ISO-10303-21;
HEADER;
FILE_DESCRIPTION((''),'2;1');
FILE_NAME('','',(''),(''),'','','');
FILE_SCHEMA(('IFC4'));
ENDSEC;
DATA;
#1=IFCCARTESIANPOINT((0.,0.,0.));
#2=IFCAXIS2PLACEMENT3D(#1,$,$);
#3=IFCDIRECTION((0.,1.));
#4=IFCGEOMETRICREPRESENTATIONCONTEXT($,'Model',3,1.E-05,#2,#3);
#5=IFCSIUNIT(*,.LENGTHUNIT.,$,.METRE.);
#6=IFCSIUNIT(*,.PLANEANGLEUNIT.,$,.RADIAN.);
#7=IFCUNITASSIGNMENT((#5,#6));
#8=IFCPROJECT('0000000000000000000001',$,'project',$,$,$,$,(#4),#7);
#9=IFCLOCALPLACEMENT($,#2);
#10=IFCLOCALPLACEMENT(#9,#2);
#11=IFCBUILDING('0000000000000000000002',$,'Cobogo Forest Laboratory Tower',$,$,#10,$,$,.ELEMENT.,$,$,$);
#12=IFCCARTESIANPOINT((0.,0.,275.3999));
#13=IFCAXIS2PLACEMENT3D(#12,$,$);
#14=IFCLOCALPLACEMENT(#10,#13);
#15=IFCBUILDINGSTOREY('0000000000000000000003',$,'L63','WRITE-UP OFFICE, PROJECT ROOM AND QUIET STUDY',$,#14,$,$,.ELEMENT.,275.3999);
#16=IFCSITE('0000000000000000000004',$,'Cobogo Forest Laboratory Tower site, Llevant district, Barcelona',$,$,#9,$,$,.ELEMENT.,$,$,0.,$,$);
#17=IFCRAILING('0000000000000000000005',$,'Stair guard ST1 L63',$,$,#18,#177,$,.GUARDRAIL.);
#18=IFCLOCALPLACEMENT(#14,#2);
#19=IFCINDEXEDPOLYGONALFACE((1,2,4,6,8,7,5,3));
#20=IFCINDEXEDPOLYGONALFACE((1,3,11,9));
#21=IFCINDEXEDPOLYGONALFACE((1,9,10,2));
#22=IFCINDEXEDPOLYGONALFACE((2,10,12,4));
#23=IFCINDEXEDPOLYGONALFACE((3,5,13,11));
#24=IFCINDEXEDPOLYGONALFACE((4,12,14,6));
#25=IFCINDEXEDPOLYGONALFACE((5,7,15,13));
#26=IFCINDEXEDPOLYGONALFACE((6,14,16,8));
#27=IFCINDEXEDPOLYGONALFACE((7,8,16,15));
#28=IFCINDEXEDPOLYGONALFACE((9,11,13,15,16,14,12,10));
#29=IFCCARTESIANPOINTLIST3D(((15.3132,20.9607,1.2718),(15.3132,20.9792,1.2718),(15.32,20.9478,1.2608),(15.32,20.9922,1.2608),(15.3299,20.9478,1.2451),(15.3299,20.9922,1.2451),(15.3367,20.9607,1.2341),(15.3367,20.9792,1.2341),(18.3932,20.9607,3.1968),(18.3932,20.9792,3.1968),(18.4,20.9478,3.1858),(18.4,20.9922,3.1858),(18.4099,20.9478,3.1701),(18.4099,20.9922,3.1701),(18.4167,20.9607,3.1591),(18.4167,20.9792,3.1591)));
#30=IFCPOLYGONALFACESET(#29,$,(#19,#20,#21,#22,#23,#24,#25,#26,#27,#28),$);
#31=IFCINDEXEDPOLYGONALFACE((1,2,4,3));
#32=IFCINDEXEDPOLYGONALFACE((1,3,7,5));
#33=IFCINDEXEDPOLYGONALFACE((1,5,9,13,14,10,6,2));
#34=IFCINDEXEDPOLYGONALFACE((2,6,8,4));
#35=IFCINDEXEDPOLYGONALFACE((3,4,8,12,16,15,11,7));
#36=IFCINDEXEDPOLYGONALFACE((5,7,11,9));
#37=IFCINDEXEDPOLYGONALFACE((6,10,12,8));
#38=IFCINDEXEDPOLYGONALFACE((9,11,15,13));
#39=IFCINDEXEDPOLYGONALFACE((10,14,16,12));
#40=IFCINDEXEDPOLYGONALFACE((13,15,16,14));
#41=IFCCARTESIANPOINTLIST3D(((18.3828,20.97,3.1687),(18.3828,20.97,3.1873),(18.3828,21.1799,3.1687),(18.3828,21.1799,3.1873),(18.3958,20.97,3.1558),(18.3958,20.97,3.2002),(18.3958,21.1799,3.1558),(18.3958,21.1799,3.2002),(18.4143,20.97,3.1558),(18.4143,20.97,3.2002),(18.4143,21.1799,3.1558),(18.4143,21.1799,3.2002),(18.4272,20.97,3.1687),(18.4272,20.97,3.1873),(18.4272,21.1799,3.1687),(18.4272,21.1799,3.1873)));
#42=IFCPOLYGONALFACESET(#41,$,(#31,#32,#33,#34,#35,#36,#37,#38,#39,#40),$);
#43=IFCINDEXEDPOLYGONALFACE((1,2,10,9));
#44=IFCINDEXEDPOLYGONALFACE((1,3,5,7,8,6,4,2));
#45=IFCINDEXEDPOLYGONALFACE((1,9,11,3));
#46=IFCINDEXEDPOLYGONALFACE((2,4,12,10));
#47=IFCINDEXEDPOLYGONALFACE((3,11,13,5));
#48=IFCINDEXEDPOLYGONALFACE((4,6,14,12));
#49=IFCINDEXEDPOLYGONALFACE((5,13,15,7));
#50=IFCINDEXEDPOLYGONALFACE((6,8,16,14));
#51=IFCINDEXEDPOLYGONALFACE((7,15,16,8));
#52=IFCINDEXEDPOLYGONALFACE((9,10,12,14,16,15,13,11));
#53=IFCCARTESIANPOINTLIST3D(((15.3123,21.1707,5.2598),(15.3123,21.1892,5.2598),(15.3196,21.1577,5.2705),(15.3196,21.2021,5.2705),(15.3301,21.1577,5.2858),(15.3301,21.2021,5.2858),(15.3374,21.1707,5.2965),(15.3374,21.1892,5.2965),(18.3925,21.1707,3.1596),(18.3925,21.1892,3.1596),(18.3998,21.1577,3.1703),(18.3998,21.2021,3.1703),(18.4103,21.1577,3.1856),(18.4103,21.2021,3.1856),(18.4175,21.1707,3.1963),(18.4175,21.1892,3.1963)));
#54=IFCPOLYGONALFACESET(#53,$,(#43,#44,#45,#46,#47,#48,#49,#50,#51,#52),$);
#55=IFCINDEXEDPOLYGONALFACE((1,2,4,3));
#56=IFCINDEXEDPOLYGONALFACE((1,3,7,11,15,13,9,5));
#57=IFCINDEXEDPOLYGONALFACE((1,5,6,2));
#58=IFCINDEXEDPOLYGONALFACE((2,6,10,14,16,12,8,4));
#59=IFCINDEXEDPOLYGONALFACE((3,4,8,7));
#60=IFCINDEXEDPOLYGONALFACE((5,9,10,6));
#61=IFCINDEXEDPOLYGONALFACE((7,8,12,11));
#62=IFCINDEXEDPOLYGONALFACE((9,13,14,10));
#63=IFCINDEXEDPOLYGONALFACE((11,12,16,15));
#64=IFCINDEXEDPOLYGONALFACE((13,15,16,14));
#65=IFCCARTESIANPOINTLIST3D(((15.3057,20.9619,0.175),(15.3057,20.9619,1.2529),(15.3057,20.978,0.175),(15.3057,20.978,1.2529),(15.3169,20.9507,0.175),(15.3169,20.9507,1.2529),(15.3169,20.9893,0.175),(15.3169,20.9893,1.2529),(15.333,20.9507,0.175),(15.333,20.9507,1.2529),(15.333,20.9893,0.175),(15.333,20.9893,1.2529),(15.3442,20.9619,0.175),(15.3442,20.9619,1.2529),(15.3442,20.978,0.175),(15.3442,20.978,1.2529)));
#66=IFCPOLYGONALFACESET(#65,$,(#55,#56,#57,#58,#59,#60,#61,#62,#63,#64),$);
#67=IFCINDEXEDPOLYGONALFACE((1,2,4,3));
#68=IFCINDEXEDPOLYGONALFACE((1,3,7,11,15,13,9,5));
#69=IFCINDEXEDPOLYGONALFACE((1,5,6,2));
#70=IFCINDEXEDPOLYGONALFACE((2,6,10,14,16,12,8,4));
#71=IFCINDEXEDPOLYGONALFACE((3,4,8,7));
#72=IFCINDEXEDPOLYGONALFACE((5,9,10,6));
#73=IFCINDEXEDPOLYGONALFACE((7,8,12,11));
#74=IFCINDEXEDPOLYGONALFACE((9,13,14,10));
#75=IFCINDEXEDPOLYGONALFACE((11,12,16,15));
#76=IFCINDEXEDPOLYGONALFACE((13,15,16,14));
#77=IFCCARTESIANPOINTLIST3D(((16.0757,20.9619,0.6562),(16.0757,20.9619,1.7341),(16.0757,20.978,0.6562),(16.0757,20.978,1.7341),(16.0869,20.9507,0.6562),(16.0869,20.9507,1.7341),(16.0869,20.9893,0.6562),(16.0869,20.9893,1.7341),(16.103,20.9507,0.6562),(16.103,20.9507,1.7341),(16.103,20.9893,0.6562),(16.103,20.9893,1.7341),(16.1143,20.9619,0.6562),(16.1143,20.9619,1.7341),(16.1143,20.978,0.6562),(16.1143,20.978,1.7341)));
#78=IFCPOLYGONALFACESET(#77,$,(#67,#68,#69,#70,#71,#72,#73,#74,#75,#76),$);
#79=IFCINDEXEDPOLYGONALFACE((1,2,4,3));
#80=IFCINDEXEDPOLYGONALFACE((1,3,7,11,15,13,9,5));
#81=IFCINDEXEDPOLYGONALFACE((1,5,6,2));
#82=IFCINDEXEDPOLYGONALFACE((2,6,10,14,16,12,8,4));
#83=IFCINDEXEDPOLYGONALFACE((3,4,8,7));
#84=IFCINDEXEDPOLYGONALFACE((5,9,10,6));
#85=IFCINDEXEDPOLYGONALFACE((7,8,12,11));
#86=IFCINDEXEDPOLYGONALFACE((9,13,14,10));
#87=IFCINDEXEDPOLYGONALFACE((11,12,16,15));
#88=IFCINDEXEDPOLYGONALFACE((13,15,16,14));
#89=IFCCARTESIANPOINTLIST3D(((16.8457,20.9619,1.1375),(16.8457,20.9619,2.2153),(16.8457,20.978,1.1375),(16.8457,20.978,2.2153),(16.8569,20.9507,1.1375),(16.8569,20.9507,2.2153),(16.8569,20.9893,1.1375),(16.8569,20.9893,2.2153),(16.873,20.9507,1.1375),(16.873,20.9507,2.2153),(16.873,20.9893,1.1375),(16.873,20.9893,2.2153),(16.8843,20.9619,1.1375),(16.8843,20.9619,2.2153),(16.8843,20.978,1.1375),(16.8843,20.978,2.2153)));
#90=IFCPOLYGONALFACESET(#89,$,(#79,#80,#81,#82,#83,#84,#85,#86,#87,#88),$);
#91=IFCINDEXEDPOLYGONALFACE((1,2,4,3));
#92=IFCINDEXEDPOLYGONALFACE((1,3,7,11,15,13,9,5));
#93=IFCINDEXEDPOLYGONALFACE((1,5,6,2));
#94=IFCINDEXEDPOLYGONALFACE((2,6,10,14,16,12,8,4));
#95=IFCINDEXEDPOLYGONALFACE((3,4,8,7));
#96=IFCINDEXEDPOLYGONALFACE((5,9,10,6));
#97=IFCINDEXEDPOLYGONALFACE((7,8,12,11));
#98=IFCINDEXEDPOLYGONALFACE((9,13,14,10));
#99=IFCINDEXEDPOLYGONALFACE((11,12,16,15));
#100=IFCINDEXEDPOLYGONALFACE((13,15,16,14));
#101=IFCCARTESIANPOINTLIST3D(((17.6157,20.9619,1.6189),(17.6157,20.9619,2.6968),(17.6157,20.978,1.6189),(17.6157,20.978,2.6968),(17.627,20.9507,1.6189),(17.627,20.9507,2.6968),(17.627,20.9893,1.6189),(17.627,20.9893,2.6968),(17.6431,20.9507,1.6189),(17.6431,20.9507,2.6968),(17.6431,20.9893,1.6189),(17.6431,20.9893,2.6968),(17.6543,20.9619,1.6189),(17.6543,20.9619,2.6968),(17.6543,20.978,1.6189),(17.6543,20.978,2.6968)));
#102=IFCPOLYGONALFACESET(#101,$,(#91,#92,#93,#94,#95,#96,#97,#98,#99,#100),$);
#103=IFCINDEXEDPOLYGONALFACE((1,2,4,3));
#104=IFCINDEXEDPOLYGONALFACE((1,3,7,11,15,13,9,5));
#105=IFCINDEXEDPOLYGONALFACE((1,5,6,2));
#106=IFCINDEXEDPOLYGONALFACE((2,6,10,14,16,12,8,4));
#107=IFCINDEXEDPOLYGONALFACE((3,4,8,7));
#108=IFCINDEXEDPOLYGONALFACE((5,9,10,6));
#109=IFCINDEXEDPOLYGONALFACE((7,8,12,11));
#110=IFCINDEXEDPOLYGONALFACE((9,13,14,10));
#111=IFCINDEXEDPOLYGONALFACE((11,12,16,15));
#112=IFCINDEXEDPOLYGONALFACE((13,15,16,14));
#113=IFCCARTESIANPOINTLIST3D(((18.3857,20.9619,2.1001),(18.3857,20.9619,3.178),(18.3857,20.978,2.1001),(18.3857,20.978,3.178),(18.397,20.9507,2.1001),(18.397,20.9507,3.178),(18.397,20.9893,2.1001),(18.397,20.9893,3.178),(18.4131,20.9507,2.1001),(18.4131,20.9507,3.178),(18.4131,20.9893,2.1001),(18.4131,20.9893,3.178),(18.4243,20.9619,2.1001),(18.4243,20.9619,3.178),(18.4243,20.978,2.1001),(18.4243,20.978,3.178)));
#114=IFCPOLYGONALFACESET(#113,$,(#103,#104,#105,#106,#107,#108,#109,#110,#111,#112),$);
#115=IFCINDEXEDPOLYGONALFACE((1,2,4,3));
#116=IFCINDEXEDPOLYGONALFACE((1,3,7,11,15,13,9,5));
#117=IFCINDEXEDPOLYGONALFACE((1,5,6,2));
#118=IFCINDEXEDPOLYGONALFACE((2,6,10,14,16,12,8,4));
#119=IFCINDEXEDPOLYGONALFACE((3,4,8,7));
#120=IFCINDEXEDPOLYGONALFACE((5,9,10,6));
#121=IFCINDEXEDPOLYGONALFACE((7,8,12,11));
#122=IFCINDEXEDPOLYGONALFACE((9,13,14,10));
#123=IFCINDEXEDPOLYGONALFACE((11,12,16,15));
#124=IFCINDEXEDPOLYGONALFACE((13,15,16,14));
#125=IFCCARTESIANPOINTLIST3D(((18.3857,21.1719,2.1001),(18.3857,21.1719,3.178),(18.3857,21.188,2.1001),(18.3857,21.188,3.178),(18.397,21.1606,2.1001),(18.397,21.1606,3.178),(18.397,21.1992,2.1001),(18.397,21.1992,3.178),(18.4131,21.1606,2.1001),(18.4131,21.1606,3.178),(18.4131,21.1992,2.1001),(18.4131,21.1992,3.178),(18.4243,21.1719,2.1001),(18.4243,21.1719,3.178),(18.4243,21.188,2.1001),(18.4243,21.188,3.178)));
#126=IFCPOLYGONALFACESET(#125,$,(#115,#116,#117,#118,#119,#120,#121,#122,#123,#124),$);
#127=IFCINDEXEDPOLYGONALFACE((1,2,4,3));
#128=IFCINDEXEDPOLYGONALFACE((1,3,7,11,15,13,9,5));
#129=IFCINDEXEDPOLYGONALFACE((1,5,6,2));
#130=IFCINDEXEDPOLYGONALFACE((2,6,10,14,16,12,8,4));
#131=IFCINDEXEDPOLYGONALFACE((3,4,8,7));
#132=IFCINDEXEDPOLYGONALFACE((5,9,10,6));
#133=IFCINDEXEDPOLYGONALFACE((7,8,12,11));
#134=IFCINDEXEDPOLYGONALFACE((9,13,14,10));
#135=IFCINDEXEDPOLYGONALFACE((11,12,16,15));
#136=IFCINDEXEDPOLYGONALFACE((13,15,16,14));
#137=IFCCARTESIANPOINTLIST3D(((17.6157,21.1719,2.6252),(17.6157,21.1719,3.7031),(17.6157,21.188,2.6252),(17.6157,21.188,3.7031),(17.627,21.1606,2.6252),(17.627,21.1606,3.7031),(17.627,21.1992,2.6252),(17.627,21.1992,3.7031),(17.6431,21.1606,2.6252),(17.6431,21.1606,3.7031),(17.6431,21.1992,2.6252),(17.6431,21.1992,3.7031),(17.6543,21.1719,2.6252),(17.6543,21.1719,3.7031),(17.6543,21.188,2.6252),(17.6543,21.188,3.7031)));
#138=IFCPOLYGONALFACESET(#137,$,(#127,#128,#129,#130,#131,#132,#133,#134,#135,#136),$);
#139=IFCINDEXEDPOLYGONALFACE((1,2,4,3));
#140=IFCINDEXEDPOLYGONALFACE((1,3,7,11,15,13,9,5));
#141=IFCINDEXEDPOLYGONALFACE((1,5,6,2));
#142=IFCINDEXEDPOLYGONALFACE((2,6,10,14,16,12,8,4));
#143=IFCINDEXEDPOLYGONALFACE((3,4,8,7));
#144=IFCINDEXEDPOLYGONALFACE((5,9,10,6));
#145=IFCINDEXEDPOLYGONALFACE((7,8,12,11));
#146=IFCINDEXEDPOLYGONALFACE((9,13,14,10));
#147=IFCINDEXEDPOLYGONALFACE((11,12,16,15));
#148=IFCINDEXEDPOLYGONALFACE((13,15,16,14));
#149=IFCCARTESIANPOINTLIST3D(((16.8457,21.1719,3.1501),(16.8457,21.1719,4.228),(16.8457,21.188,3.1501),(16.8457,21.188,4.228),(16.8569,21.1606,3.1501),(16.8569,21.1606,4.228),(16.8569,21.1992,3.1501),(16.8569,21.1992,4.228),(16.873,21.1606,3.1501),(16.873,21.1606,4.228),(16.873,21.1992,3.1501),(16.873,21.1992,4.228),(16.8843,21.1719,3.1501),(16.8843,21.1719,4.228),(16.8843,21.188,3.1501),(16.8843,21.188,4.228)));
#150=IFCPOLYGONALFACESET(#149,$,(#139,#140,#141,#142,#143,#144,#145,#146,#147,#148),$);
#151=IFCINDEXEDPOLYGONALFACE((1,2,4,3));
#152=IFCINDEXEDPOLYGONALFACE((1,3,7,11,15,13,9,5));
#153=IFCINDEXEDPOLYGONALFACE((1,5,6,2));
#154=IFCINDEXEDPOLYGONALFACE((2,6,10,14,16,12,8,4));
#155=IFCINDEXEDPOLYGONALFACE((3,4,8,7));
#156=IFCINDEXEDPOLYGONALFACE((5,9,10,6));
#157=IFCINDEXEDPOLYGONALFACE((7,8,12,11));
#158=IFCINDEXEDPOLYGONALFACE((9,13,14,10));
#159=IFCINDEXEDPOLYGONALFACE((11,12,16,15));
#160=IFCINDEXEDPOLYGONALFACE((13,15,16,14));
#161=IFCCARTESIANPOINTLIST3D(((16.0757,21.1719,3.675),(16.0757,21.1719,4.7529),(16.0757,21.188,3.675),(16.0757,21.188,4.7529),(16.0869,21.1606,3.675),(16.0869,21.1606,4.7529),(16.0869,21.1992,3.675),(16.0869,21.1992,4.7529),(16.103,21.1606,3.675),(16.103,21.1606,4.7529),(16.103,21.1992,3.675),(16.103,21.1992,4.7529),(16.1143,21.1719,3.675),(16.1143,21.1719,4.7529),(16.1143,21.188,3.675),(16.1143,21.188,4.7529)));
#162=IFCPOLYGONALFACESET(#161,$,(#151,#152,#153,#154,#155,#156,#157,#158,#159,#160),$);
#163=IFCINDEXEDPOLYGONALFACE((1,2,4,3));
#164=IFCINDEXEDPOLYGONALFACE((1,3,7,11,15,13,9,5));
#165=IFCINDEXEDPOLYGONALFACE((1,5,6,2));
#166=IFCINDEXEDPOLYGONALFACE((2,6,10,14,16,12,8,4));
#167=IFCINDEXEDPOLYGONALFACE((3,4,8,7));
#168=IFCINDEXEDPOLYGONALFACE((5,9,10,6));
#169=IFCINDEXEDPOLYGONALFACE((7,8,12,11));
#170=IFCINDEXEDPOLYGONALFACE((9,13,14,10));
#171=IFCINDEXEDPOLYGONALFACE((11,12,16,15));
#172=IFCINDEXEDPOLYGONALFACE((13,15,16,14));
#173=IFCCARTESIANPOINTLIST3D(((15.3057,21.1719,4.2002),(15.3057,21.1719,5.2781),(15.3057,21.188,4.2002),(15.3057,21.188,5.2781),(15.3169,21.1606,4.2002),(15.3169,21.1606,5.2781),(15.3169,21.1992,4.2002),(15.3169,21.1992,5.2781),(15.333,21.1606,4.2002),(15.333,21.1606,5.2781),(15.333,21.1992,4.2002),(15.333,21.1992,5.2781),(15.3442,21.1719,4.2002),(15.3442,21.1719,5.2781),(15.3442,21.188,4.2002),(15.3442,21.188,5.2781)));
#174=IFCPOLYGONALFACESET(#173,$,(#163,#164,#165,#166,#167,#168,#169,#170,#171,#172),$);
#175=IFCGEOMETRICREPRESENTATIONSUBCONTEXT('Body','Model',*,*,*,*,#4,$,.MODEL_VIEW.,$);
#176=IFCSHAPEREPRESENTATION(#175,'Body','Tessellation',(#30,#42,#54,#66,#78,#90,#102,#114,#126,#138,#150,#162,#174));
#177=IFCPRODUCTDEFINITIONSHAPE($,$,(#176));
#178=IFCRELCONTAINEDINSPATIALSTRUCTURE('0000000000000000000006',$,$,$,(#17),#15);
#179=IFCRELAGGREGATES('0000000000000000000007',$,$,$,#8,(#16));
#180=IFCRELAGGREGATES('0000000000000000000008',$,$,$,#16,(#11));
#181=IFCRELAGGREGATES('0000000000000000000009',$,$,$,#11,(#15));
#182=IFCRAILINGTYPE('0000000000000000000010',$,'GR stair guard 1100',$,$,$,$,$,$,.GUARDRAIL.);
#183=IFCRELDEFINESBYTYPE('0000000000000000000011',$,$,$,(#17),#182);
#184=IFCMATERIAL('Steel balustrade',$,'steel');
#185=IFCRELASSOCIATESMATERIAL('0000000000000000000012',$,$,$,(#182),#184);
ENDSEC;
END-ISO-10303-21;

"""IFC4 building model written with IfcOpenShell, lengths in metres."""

from ifc_helpers import new_model, si_unit, direction, frame, origin, place, context, subcontext, project, spatial, polyline, outline, extrude, material, type_object, element, save


model = new_model("IFC4")

# Units and contexts
model_context = context("Model", 3, precision=1e-05, world=origin(), true_north=direction((0.0, 1.0)))
body_context = subcontext(model_context, "Body", "Model", "MODEL_VIEW")
ifc_project = project(units=[si_unit("LENGTHUNIT", "METRE"), si_unit("PLANEANGLEUNIT", "RADIAN")], contexts=[model_context])

# Site, building, storey
site_placement = place(None, origin())
site = spatial("IfcSite", under=ifc_project, at=site_placement, Name="Cobogo Forest Laboratory Tower site, Llevant district, Barcelona", CompositionType="ELEMENT", RefElevation=0.0)
building_placement = place(site_placement, origin())
building = spatial("IfcBuilding", under=site, at=building_placement, Name="Cobogo Forest Laboratory Tower", CompositionType="ELEMENT")
storey_placement = place(building_placement, frame((0.0, 0.0, 275.3999)))
storey = spatial("IfcBuildingStorey", under=building, at=storey_placement, Name="L63", Description="WRITE-UP OFFICE, PROJECT ROOM AND QUIET STUDY", CompositionType="ELEMENT", Elevation=275.3999)

# Railing
ifc_material_1 = material(Name="Steel balustrade", Category="steel")
railing_type_1 = type_object("IfcRailingType", Name="GR stair guard 1100", PredefinedType="GUARDRAIL", material=ifc_material_1)
railing_1_placement = place(storey_placement, frame((15.325, 20.97, 0.175)))
element("IfcRailing", 1, at=railing_1_placement, inside=storey, type_object=railing_type_1, Name="Stair guard ST1 L63", PredefinedType="GUARDRAIL", context=body_context, shape_type="SweptSolid", body=[
    extrude(outline(polyline([(0.0222, 0.0093), (0.0093, 0.0222), (-0.0093, 0.0222), (-0.0222, 0.0093), (-0.0222, -0.0093), (-0.0093, -0.0222), (0.0093, -0.0222), (0.0222, -0.0093), (0.0222, 0.0093)])), frame((0.0, 0.0, 1.0779), z_axis=(0.847998, 0.0, 0.529999), x_axis=(0.0, 1.0, 0.0)), (0.0, 0.0, 1.0), 3.6321),
    extrude(outline(polyline([(0.0222, 0.0093), (0.0093, 0.0222), (-0.0093, 0.0222), (-0.0222, 0.0093), (-0.0222, -0.0093), (-0.0093, -0.0222), (0.0093, -0.0222), (0.0222, -0.0093), (0.0222, 0.0093)])), frame((3.0801, 0.0, 3.0029), z_axis=(0.0, 1.0, 0.0), x_axis=(-1.0, 0.0, 0.0)), (0.0, 0.0, 1.0), 0.21),
    extrude(outline(polyline([(0.0222, 0.0093), (0.0093, 0.0222), (-0.0093, 0.0222), (-0.0222, 0.0093), (-0.0222, -0.0093), (-0.0093, -0.0222), (0.0093, -0.0222), (0.0222, -0.0093), (0.0222, 0.0093)])), frame((3.0801, 0.21, 3.0029), z_axis=(-0.826222, 0.0, 0.563345), x_axis=(0.0, -1.0, 0.0)), (0.0, 0.0, 1.0), 3.728),
    extrude(outline(polyline([(0.0193, 0.0081), (0.0081, 0.0193), (-0.0081, 0.0193), (-0.0193, 0.0081), (-0.0193, -0.0081), (-0.0081, -0.0193), (0.0081, -0.0193), (0.0193, -0.0081), (0.0193, 0.0081)])), origin(), (0.0, 0.0, 1.0), 1.0779),
    extrude(outline(polyline([(0.0193, 0.0081), (0.0081, 0.0193), (-0.0081, 0.0193), (-0.0193, 0.0081), (-0.0193, -0.0081), (-0.0081, -0.0193), (0.0081, -0.0193), (0.0193, -0.0081), (0.0193, 0.0081)])), frame((0.77, 0.0, 0.4812)), (0.0, 0.0, 1.0), 1.0779),
    extrude(outline(polyline([(0.0193, 0.0081), (0.0081, 0.0193), (-0.0081, 0.0193), (-0.0193, 0.0081), (-0.0193, -0.0081), (-0.0081, -0.0193), (0.0081, -0.0193), (0.0193, -0.0081), (0.0193, 0.0081)])), frame((1.54, 0.0, 0.9624)), (0.0, 0.0, 1.0), 1.0779),
    extrude(outline(polyline([(0.0193, 0.0081), (0.0081, 0.0193), (-0.0081, 0.0193), (-0.0193, 0.0081), (-0.0193, -0.0081), (-0.0081, -0.0193), (0.0081, -0.0193), (0.0193, -0.0081), (0.0193, 0.0081)])), frame((2.3101, 0.0, 1.4438)), (0.0, 0.0, 1.0), 1.0779),
    extrude(outline(polyline([(0.0193, 0.0081), (0.0081, 0.0193), (-0.0081, 0.0193), (-0.0193, 0.0081), (-0.0193, -0.0081), (-0.0081, -0.0193), (0.0081, -0.0193), (0.0193, -0.0081), (0.0193, 0.0081)])), frame((3.0801, 0.0, 1.925)), (0.0, 0.0, 1.0), 1.0779),
    extrude(outline(polyline([(0.0193, 0.0081), (0.0081, 0.0193), (-0.0081, 0.0193), (-0.0193, 0.0081), (-0.0193, -0.0081), (-0.0081, -0.0193), (0.0081, -0.0193), (0.0193, -0.0081), (0.0193, 0.0081)])), frame((3.0801, 0.21, 1.925)), (0.0, 0.0, 1.0), 1.0779),
    extrude(outline(polyline([(0.0193, 0.0081), (0.0081, 0.0193), (-0.0081, 0.0193), (-0.0193, 0.0081), (-0.0193, -0.0081), (-0.0081, -0.0193), (0.0081, -0.0193), (0.0193, -0.0081), (0.0193, 0.0081)])), frame((2.3101, 0.21, 2.4502)), (0.0, 0.0, 1.0), 1.0779),
    extrude(outline(polyline([(0.0193, 0.0081), (0.0081, 0.0193), (-0.0081, 0.0193), (-0.0193, 0.0081), (-0.0193, -0.0081), (-0.0081, -0.0193), (0.0081, -0.0193), (0.0193, -0.0081), (0.0193, 0.0081)])), frame((1.54, 0.21, 2.9751)), (0.0, 0.0, 1.0), 1.0779),
    extrude(outline(polyline([(0.0193, 0.0081), (0.0081, 0.0193), (-0.0081, 0.0193), (-0.0193, 0.0081), (-0.0193, -0.0081), (-0.0081, -0.0193), (0.0081, -0.0193), (0.0193, -0.0081), (0.0193, 0.0081)])), frame((0.77, 0.21, 3.5)), (0.0, 0.0, 1.0), 1.0779),
    extrude(outline(polyline([(0.0193, 0.0081), (0.0081, 0.0193), (-0.0081, 0.0193), (-0.0193, 0.0081), (-0.0193, -0.0081), (-0.0081, -0.0193), (0.0081, -0.0193), (0.0193, -0.0081), (0.0193, 0.0081)])), frame((0.0, 0.21, 4.0251)), (0.0, 0.0, 1.0), 1.0779),
])

save(model, "model.ifc")
